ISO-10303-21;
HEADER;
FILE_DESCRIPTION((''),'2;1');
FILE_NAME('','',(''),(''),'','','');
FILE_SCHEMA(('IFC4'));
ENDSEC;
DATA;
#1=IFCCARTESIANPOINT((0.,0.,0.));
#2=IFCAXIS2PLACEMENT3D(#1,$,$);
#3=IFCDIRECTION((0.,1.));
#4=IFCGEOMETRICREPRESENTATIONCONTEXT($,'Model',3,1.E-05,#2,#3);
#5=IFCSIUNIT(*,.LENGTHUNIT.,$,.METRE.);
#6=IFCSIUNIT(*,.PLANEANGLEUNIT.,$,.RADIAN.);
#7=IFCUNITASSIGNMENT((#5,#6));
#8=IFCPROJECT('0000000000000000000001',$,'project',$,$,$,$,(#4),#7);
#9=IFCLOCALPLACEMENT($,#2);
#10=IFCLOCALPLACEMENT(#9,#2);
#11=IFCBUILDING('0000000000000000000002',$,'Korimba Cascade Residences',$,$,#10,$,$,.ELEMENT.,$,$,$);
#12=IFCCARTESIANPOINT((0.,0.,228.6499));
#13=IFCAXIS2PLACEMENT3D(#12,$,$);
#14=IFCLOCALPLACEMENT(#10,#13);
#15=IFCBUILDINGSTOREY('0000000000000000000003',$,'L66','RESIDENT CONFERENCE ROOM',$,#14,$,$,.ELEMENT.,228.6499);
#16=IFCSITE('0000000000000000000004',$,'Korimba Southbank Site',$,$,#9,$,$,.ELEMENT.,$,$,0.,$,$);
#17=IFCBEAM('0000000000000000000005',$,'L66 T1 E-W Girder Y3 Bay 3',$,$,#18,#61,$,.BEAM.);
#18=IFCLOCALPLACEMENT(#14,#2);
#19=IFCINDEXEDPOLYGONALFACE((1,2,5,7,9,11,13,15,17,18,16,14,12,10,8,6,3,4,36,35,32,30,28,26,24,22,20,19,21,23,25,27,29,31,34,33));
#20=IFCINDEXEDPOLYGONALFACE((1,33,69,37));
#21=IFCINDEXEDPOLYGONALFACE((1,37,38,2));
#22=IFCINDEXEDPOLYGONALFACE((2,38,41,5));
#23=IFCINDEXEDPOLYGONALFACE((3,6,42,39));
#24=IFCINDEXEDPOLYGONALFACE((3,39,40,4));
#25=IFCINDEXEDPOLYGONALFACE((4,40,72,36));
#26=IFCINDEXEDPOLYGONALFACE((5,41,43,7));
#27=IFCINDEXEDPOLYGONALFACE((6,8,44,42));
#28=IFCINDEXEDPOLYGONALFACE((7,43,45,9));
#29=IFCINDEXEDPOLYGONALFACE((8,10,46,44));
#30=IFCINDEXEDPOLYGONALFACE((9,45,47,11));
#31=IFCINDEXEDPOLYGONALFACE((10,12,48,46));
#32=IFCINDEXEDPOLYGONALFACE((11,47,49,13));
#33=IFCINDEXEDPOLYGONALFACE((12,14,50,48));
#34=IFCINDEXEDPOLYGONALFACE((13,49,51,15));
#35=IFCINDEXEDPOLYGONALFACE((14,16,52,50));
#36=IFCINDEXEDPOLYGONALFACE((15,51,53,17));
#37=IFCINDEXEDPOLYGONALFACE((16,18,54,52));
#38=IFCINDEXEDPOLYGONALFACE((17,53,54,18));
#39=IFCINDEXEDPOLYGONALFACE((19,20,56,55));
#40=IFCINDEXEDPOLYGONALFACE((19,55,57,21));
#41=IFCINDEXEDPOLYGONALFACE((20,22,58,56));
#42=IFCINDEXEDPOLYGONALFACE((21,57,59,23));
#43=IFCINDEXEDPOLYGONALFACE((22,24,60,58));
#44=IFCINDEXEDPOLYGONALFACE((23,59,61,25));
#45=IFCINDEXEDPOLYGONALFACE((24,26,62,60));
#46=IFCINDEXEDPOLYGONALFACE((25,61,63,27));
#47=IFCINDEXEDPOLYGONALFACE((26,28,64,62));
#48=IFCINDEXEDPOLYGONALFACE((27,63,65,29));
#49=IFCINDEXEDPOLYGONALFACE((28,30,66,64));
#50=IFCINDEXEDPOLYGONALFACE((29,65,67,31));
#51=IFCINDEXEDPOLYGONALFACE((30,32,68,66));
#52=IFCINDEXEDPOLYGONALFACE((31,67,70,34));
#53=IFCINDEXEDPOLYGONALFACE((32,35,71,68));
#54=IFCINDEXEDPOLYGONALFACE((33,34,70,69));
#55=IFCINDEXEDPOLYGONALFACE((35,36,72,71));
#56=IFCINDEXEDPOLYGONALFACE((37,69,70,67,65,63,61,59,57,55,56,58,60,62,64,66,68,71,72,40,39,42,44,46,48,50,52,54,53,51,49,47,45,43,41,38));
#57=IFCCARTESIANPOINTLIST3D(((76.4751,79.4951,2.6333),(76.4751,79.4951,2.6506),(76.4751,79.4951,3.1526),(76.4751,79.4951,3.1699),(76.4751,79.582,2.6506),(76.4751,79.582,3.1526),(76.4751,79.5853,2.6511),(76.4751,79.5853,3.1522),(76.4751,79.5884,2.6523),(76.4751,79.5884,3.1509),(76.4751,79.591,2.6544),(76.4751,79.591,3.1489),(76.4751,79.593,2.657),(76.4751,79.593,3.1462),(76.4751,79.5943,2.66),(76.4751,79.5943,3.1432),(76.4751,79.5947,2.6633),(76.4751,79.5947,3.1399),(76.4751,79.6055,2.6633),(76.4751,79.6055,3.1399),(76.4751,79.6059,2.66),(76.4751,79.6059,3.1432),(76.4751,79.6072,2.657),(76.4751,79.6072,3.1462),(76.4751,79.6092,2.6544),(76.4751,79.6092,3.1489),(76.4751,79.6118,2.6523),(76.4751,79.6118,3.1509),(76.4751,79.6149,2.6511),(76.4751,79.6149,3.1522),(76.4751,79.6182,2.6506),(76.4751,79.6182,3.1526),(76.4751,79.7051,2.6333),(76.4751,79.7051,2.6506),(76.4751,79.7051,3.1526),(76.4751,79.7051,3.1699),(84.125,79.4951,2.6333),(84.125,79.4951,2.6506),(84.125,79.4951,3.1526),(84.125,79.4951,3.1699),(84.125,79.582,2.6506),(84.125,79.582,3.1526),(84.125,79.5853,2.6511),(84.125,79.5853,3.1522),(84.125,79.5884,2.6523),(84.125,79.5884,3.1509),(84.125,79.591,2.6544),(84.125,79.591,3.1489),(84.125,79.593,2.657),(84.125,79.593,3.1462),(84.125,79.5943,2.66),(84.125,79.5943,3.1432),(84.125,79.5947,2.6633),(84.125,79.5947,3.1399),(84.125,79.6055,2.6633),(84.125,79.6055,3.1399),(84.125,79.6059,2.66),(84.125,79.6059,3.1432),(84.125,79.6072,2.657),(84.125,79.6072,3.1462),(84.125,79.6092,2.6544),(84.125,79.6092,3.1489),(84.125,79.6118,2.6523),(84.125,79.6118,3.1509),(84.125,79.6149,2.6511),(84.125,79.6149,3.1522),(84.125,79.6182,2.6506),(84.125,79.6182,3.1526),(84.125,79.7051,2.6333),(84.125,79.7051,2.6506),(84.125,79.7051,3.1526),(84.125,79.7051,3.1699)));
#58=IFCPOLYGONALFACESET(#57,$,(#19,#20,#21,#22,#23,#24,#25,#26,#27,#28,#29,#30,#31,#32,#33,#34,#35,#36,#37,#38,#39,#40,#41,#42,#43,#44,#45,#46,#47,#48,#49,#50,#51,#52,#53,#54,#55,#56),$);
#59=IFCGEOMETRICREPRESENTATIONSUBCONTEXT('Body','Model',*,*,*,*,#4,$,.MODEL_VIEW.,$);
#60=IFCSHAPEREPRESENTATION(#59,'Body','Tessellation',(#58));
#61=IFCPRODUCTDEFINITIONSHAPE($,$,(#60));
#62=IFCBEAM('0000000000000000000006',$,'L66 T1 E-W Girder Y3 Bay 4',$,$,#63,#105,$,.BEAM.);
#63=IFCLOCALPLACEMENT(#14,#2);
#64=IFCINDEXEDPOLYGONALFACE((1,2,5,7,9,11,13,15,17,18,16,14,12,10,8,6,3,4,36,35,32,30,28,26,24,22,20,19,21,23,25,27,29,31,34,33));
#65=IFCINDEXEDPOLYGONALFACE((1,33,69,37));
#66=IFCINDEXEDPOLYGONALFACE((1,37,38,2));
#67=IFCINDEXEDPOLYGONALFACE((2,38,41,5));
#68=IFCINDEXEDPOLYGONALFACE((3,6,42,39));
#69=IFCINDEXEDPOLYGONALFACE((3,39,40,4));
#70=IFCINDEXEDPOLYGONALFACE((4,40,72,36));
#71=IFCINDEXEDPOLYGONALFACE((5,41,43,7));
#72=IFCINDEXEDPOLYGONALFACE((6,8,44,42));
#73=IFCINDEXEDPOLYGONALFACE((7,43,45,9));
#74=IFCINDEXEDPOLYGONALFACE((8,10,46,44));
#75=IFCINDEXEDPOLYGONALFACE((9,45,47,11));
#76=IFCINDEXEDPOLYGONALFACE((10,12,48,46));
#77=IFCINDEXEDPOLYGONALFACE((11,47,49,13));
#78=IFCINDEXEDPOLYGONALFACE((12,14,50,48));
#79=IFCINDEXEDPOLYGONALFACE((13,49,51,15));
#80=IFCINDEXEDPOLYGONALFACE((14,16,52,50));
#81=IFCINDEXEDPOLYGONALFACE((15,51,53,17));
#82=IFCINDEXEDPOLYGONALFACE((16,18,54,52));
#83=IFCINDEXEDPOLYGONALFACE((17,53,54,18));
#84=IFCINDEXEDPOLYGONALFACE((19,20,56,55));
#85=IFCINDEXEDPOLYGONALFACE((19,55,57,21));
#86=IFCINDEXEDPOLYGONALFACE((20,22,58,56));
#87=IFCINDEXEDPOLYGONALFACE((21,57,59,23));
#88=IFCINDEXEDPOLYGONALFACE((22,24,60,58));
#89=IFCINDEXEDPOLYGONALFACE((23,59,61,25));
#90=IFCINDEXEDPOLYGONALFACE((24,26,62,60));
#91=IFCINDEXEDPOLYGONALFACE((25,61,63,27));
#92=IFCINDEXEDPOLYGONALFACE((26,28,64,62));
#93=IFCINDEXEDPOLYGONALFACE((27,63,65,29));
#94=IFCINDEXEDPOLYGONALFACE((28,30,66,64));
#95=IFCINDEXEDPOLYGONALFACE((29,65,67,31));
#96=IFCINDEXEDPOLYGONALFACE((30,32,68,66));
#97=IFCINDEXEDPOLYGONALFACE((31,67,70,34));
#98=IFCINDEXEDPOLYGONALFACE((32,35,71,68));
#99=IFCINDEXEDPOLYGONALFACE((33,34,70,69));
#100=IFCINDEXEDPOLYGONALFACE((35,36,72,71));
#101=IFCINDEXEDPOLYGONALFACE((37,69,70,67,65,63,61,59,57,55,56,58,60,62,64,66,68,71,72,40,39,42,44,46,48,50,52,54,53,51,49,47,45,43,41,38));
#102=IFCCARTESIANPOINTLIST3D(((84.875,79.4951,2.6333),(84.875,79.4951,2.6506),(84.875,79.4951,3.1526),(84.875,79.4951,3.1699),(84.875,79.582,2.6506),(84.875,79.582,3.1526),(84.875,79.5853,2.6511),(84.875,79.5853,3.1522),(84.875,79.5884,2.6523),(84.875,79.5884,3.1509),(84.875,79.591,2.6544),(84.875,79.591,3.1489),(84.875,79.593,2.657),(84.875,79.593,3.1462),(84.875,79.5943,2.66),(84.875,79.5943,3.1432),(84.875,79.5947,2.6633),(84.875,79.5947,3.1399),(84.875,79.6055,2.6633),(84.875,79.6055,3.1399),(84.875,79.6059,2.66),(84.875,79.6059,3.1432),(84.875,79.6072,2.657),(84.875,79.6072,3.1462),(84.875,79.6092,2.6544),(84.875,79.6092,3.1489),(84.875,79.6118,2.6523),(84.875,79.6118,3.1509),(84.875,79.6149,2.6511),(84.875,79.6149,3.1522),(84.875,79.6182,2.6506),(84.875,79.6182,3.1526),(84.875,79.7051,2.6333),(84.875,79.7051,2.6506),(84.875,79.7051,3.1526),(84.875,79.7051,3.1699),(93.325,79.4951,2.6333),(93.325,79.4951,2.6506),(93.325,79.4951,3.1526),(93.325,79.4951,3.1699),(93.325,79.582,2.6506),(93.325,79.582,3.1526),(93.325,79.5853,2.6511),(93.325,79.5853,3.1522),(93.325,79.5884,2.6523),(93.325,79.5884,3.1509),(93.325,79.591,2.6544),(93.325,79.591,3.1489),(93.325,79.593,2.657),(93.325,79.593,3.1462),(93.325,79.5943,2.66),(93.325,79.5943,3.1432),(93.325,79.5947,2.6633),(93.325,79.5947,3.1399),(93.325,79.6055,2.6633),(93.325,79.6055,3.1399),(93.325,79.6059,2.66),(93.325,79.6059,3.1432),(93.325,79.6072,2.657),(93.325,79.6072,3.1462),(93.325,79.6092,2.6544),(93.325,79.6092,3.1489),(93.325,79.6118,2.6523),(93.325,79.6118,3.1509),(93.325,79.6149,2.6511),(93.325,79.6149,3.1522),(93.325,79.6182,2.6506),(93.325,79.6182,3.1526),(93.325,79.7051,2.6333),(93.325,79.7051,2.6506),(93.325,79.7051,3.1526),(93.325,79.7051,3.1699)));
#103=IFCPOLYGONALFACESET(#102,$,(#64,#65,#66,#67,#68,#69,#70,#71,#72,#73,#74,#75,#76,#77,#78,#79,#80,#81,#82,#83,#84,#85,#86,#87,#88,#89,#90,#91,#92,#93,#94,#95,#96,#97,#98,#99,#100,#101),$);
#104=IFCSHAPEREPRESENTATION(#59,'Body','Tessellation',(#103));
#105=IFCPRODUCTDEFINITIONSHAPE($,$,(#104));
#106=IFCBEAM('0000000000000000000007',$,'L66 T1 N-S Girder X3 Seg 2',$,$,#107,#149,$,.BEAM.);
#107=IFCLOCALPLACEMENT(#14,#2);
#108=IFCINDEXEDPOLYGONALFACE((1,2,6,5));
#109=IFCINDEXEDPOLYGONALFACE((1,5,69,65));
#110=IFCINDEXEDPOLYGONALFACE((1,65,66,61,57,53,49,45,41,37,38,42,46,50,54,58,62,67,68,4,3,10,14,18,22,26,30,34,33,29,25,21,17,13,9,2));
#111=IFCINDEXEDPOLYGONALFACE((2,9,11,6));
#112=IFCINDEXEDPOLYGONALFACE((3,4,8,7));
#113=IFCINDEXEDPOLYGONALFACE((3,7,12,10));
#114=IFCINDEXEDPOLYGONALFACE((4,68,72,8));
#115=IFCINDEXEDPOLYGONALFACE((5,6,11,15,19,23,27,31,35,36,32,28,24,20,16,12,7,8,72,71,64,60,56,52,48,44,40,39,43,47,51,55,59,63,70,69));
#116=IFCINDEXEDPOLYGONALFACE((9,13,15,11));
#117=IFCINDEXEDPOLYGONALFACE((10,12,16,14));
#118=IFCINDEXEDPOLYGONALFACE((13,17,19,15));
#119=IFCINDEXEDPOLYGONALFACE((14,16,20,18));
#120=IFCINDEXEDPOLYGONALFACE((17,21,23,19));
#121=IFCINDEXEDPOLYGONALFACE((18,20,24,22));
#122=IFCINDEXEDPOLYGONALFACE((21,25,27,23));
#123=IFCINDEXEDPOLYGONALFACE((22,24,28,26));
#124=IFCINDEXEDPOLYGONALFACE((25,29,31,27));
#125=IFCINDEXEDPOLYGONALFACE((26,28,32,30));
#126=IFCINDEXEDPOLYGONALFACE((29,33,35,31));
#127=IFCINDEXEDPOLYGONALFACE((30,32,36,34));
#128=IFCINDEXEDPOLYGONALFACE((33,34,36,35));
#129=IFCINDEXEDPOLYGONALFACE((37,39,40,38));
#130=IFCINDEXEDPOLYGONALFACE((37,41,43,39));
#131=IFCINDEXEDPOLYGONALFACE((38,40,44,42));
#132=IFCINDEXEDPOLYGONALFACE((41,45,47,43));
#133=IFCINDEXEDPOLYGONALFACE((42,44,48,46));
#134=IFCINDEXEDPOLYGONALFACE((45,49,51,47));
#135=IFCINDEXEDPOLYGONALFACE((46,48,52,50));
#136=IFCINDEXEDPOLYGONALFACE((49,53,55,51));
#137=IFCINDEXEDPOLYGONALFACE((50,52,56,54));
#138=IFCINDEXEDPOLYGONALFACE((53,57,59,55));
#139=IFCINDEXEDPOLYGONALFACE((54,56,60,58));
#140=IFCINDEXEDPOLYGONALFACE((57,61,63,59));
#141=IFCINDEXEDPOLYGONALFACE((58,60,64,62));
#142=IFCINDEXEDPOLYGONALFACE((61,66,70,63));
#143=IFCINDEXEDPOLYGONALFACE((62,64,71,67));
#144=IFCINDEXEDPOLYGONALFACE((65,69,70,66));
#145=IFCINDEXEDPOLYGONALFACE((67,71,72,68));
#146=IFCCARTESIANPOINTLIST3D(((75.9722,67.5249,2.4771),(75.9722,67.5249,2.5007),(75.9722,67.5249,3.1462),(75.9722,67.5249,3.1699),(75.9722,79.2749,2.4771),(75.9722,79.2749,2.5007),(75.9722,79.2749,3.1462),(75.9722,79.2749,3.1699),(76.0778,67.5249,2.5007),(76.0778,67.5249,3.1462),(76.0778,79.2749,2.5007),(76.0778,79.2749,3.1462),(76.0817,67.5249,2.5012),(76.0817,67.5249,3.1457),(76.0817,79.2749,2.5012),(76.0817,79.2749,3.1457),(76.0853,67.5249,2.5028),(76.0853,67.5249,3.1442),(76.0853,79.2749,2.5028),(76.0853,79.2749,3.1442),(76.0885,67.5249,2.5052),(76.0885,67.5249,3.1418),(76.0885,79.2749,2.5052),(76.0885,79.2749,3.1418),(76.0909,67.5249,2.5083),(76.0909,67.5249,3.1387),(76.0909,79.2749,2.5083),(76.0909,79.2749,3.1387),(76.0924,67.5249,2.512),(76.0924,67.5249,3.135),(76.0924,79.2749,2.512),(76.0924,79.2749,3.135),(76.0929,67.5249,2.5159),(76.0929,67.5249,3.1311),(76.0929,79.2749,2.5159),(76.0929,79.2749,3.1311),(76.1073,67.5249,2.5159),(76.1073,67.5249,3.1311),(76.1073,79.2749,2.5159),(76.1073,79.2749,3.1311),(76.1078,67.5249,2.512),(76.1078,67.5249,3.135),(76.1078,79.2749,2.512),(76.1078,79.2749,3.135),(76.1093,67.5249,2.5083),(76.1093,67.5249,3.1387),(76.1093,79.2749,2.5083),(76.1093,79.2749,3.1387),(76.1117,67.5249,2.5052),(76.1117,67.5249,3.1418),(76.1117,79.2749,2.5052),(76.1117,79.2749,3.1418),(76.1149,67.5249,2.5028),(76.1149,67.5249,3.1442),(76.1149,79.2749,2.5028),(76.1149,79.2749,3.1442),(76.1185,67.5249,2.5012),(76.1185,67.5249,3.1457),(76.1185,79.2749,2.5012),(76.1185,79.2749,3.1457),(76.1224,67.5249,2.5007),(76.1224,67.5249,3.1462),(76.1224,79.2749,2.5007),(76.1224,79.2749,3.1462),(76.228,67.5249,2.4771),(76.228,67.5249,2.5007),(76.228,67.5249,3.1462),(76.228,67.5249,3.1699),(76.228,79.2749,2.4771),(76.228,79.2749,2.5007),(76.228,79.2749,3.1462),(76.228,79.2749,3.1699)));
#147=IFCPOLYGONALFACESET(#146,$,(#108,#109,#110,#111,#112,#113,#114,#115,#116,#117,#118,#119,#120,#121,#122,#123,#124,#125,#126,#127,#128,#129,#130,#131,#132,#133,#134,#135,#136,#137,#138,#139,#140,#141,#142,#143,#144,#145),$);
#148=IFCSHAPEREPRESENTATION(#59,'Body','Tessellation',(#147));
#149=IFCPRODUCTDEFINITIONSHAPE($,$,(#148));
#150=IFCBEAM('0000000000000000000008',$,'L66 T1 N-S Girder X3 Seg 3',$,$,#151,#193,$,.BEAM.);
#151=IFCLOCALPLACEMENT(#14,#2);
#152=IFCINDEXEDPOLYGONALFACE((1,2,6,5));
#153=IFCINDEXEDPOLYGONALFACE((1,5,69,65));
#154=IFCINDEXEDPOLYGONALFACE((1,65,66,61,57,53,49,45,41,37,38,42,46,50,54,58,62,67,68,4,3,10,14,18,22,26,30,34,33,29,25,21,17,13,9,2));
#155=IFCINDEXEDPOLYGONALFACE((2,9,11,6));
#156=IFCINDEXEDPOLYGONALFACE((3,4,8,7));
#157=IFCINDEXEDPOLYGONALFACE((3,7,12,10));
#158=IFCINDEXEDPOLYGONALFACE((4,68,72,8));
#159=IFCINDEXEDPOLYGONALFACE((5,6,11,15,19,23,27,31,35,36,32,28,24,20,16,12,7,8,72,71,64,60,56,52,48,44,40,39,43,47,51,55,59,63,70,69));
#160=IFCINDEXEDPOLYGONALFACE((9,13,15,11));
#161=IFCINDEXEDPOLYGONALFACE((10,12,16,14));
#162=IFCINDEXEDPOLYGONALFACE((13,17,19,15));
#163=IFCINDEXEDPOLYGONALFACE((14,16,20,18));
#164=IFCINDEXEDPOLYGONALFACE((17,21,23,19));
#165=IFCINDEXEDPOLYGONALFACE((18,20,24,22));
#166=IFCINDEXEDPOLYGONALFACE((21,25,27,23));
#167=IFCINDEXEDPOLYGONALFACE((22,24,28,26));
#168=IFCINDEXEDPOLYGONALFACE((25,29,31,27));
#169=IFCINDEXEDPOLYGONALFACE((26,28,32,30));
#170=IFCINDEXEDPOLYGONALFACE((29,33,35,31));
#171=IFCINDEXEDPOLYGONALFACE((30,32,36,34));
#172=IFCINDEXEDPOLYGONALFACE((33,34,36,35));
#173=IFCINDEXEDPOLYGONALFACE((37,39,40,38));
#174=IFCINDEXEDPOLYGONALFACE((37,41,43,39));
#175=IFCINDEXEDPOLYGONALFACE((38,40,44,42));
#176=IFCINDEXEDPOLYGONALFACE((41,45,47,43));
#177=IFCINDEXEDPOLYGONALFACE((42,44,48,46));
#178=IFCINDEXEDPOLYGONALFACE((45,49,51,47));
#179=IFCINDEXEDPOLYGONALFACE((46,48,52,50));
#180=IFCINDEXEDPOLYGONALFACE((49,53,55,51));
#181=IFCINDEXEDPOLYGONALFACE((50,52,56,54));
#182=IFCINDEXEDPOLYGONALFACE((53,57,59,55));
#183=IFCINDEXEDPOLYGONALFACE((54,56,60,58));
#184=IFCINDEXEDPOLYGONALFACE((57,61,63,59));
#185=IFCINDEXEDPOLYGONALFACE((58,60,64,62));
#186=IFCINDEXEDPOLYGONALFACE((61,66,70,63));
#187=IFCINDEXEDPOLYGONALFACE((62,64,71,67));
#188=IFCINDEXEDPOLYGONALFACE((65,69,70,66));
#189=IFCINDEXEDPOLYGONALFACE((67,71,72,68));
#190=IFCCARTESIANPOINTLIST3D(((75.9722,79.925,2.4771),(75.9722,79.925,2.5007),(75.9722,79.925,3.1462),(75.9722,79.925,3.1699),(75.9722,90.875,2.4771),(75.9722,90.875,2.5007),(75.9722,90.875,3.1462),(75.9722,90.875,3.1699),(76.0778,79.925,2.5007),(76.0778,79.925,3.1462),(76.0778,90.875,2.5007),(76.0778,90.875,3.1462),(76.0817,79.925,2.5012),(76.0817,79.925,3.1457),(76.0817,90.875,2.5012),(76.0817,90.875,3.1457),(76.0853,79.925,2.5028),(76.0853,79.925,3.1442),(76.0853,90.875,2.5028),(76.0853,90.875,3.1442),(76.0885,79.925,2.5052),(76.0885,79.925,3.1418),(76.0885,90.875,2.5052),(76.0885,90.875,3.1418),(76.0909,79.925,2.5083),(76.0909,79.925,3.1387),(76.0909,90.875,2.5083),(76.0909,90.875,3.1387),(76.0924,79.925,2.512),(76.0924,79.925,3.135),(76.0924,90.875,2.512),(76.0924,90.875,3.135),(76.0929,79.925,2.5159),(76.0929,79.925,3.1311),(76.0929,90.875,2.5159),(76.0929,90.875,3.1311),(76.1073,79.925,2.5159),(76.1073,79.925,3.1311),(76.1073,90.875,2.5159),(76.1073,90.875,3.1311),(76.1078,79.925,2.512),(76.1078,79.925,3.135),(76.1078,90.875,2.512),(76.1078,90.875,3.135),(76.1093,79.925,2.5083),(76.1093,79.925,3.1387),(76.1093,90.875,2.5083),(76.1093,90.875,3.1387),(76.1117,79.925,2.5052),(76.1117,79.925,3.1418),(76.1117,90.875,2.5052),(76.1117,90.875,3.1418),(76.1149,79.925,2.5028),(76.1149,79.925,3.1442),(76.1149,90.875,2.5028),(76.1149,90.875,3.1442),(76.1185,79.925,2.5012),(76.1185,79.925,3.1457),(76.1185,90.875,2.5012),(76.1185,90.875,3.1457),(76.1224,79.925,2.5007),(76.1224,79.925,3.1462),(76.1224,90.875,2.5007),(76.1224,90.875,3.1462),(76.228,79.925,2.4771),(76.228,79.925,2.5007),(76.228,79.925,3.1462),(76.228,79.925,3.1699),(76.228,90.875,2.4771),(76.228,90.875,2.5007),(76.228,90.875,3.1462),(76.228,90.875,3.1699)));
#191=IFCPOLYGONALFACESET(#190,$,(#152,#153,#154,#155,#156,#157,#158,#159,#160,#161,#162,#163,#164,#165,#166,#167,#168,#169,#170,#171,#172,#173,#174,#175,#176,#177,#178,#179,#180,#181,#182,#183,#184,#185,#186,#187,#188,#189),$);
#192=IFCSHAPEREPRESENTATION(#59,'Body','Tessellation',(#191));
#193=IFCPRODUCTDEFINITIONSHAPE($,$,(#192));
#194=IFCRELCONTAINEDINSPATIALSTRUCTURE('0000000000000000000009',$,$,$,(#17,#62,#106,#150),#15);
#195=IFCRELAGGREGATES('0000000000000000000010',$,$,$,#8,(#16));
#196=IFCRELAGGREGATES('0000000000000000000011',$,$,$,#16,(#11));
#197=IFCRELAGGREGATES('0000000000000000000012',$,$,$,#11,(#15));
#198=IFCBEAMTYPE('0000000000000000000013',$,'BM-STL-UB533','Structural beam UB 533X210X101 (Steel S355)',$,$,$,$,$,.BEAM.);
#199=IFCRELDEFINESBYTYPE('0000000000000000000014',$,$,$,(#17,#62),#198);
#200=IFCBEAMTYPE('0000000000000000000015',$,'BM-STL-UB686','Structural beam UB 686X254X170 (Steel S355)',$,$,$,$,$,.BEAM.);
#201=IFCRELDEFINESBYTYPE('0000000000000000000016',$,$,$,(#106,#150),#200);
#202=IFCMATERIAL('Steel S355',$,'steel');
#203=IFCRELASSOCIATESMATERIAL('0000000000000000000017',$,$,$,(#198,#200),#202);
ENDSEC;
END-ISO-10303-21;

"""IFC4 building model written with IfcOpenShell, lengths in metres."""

from ifc_helpers import new_model, si_unit, direction, frame, origin, origin_2d, place, context, subcontext, project, spatial, i_section, extrude, material, material_profile, profile_set, type_object, element, save


model = new_model("IFC4")

# Units and contexts
model_context = context("Model", 3, precision=1e-05, world=origin(), true_north=direction((0.0, 1.0)))
body_context = subcontext(model_context, "Body", "Model", "MODEL_VIEW")
ifc_project = project(units=[si_unit("LENGTHUNIT", "METRE"), si_unit("PLANEANGLEUNIT", "RADIAN")], contexts=[model_context])

# Site, building, storey
site_placement = place(None, origin())
site = spatial("IfcSite", under=ifc_project, at=site_placement, Name="Korimba Southbank Site", CompositionType="ELEMENT", RefElevation=0.0)
building_placement = place(site_placement, origin())
building = spatial("IfcBuilding", under=site, at=building_placement, Name="Korimba Cascade Residences", CompositionType="ELEMENT")
storey_placement = place(building_placement, frame((0.0, 0.0, 228.6499)))
storey = spatial("IfcBuildingStorey", under=building, at=storey_placement, Name="L66", Description="RESIDENT CONFERENCE ROOM", CompositionType="ELEMENT", Elevation=228.6499)

# Beams
ifc_material_1 = material(Name="Steel S355", Category="steel")
ifc_material_profile_1 = material_profile(ifc_material_1, i_section(OverallWidth=0.21, OverallDepth=0.5366, WebThickness=0.0107, FlangeThickness=0.0173, FilletRadius=0.0127, at=origin_2d()), Name="Steel S355")
ifc_profile_set_1 = profile_set([ifc_material_profile_1], Name="Steel S355")
beam_type_1 = type_object("IfcBeamType", Name="BM-STL-UB533", Description="Structural beam UB 533X210X101 (Steel S355)", PredefinedType="BEAM", material=ifc_profile_set_1)
beam_1_placement = place(storey_placement, frame((76.4751, 79.6001, 2.9016), z_axis=(1.0, 0.0, 0.0), x_axis=(0.0, 1.0, 0.0)))
element("IfcBeam", 1, at=beam_1_placement, inside=storey, type_object=beam_type_1, Name="L66 T1 E-W Girder Y3 Bay 3", PredefinedType="BEAM", context=body_context, shape_type="SweptSolid", body=[
    extrude(i_section(OverallWidth=0.21, OverallDepth=0.5366, WebThickness=0.0107, FlangeThickness=0.0173, FilletRadius=0.0127, at=origin_2d()), origin(), (0.0, 0.0, 1.0), 7.6499),
])
beam_2_placement = place(storey_placement, frame((84.875, 79.6001, 2.9016), z_axis=(1.0, 0.0, 0.0), x_axis=(0.0, 1.0, 0.0)))
element("IfcBeam", 2, at=beam_2_placement, inside=storey, type_object=beam_type_1, Name="L66 T1 E-W Girder Y3 Bay 4", PredefinedType="BEAM", context=body_context, shape_type="SweptSolid", body=[
    extrude(i_section(OverallWidth=0.21, OverallDepth=0.5366, WebThickness=0.0107, FlangeThickness=0.0173, FilletRadius=0.0127, at=origin_2d()), origin(), (0.0, 0.0, 1.0), 8.45),
])
ifc_material_profile_2 = material_profile(ifc_material_1, i_section(OverallWidth=0.2559, OverallDepth=0.6929, WebThickness=0.0144, FlangeThickness=0.0237, FilletRadius=0.0151, at=origin_2d()), Name="Steel S355")
ifc_profile_set_2 = profile_set([ifc_material_profile_2], Name="Steel S355")
beam_type_2 = type_object("IfcBeamType", Name="BM-STL-UB686", Description="Structural beam UB 686X254X170 (Steel S355)", PredefinedType="BEAM", material=ifc_profile_set_2)
beam_3_placement = place(storey_placement, frame((76.1001, 67.5249, 2.8235), z_axis=(0.0, 1.0, 0.0), x_axis=(-1.0, 0.0, 0.0)))
element("IfcBeam", 3, at=beam_3_placement, inside=storey, type_object=beam_type_2, Name="L66 T1 N-S Girder X3 Seg 2", PredefinedType="BEAM", context=body_context, shape_type="SweptSolid", body=[
    extrude(i_section(OverallWidth=0.2559, OverallDepth=0.6929, WebThickness=0.0144, FlangeThickness=0.0237, FilletRadius=0.0151, at=origin_2d()), origin(), (0.0, 0.0, 1.0), 11.75),
])
beam_4_placement = place(storey_placement, frame((76.1001, 79.925, 2.8235), z_axis=(0.0, 1.0, 0.0), x_axis=(-1.0, 0.0, 0.0)))
element("IfcBeam", 4, at=beam_4_placement, inside=storey, type_object=beam_type_2, Name="L66 T1 N-S Girder X3 Seg 3", PredefinedType="BEAM", context=body_context, shape_type="SweptSolid", body=[
    extrude(i_section(OverallWidth=0.2559, OverallDepth=0.6929, WebThickness=0.0144, FlangeThickness=0.0237, FilletRadius=0.0151, at=origin_2d()), origin(), (0.0, 0.0, 1.0), 10.95),
])

save(model, "model.ifc")
